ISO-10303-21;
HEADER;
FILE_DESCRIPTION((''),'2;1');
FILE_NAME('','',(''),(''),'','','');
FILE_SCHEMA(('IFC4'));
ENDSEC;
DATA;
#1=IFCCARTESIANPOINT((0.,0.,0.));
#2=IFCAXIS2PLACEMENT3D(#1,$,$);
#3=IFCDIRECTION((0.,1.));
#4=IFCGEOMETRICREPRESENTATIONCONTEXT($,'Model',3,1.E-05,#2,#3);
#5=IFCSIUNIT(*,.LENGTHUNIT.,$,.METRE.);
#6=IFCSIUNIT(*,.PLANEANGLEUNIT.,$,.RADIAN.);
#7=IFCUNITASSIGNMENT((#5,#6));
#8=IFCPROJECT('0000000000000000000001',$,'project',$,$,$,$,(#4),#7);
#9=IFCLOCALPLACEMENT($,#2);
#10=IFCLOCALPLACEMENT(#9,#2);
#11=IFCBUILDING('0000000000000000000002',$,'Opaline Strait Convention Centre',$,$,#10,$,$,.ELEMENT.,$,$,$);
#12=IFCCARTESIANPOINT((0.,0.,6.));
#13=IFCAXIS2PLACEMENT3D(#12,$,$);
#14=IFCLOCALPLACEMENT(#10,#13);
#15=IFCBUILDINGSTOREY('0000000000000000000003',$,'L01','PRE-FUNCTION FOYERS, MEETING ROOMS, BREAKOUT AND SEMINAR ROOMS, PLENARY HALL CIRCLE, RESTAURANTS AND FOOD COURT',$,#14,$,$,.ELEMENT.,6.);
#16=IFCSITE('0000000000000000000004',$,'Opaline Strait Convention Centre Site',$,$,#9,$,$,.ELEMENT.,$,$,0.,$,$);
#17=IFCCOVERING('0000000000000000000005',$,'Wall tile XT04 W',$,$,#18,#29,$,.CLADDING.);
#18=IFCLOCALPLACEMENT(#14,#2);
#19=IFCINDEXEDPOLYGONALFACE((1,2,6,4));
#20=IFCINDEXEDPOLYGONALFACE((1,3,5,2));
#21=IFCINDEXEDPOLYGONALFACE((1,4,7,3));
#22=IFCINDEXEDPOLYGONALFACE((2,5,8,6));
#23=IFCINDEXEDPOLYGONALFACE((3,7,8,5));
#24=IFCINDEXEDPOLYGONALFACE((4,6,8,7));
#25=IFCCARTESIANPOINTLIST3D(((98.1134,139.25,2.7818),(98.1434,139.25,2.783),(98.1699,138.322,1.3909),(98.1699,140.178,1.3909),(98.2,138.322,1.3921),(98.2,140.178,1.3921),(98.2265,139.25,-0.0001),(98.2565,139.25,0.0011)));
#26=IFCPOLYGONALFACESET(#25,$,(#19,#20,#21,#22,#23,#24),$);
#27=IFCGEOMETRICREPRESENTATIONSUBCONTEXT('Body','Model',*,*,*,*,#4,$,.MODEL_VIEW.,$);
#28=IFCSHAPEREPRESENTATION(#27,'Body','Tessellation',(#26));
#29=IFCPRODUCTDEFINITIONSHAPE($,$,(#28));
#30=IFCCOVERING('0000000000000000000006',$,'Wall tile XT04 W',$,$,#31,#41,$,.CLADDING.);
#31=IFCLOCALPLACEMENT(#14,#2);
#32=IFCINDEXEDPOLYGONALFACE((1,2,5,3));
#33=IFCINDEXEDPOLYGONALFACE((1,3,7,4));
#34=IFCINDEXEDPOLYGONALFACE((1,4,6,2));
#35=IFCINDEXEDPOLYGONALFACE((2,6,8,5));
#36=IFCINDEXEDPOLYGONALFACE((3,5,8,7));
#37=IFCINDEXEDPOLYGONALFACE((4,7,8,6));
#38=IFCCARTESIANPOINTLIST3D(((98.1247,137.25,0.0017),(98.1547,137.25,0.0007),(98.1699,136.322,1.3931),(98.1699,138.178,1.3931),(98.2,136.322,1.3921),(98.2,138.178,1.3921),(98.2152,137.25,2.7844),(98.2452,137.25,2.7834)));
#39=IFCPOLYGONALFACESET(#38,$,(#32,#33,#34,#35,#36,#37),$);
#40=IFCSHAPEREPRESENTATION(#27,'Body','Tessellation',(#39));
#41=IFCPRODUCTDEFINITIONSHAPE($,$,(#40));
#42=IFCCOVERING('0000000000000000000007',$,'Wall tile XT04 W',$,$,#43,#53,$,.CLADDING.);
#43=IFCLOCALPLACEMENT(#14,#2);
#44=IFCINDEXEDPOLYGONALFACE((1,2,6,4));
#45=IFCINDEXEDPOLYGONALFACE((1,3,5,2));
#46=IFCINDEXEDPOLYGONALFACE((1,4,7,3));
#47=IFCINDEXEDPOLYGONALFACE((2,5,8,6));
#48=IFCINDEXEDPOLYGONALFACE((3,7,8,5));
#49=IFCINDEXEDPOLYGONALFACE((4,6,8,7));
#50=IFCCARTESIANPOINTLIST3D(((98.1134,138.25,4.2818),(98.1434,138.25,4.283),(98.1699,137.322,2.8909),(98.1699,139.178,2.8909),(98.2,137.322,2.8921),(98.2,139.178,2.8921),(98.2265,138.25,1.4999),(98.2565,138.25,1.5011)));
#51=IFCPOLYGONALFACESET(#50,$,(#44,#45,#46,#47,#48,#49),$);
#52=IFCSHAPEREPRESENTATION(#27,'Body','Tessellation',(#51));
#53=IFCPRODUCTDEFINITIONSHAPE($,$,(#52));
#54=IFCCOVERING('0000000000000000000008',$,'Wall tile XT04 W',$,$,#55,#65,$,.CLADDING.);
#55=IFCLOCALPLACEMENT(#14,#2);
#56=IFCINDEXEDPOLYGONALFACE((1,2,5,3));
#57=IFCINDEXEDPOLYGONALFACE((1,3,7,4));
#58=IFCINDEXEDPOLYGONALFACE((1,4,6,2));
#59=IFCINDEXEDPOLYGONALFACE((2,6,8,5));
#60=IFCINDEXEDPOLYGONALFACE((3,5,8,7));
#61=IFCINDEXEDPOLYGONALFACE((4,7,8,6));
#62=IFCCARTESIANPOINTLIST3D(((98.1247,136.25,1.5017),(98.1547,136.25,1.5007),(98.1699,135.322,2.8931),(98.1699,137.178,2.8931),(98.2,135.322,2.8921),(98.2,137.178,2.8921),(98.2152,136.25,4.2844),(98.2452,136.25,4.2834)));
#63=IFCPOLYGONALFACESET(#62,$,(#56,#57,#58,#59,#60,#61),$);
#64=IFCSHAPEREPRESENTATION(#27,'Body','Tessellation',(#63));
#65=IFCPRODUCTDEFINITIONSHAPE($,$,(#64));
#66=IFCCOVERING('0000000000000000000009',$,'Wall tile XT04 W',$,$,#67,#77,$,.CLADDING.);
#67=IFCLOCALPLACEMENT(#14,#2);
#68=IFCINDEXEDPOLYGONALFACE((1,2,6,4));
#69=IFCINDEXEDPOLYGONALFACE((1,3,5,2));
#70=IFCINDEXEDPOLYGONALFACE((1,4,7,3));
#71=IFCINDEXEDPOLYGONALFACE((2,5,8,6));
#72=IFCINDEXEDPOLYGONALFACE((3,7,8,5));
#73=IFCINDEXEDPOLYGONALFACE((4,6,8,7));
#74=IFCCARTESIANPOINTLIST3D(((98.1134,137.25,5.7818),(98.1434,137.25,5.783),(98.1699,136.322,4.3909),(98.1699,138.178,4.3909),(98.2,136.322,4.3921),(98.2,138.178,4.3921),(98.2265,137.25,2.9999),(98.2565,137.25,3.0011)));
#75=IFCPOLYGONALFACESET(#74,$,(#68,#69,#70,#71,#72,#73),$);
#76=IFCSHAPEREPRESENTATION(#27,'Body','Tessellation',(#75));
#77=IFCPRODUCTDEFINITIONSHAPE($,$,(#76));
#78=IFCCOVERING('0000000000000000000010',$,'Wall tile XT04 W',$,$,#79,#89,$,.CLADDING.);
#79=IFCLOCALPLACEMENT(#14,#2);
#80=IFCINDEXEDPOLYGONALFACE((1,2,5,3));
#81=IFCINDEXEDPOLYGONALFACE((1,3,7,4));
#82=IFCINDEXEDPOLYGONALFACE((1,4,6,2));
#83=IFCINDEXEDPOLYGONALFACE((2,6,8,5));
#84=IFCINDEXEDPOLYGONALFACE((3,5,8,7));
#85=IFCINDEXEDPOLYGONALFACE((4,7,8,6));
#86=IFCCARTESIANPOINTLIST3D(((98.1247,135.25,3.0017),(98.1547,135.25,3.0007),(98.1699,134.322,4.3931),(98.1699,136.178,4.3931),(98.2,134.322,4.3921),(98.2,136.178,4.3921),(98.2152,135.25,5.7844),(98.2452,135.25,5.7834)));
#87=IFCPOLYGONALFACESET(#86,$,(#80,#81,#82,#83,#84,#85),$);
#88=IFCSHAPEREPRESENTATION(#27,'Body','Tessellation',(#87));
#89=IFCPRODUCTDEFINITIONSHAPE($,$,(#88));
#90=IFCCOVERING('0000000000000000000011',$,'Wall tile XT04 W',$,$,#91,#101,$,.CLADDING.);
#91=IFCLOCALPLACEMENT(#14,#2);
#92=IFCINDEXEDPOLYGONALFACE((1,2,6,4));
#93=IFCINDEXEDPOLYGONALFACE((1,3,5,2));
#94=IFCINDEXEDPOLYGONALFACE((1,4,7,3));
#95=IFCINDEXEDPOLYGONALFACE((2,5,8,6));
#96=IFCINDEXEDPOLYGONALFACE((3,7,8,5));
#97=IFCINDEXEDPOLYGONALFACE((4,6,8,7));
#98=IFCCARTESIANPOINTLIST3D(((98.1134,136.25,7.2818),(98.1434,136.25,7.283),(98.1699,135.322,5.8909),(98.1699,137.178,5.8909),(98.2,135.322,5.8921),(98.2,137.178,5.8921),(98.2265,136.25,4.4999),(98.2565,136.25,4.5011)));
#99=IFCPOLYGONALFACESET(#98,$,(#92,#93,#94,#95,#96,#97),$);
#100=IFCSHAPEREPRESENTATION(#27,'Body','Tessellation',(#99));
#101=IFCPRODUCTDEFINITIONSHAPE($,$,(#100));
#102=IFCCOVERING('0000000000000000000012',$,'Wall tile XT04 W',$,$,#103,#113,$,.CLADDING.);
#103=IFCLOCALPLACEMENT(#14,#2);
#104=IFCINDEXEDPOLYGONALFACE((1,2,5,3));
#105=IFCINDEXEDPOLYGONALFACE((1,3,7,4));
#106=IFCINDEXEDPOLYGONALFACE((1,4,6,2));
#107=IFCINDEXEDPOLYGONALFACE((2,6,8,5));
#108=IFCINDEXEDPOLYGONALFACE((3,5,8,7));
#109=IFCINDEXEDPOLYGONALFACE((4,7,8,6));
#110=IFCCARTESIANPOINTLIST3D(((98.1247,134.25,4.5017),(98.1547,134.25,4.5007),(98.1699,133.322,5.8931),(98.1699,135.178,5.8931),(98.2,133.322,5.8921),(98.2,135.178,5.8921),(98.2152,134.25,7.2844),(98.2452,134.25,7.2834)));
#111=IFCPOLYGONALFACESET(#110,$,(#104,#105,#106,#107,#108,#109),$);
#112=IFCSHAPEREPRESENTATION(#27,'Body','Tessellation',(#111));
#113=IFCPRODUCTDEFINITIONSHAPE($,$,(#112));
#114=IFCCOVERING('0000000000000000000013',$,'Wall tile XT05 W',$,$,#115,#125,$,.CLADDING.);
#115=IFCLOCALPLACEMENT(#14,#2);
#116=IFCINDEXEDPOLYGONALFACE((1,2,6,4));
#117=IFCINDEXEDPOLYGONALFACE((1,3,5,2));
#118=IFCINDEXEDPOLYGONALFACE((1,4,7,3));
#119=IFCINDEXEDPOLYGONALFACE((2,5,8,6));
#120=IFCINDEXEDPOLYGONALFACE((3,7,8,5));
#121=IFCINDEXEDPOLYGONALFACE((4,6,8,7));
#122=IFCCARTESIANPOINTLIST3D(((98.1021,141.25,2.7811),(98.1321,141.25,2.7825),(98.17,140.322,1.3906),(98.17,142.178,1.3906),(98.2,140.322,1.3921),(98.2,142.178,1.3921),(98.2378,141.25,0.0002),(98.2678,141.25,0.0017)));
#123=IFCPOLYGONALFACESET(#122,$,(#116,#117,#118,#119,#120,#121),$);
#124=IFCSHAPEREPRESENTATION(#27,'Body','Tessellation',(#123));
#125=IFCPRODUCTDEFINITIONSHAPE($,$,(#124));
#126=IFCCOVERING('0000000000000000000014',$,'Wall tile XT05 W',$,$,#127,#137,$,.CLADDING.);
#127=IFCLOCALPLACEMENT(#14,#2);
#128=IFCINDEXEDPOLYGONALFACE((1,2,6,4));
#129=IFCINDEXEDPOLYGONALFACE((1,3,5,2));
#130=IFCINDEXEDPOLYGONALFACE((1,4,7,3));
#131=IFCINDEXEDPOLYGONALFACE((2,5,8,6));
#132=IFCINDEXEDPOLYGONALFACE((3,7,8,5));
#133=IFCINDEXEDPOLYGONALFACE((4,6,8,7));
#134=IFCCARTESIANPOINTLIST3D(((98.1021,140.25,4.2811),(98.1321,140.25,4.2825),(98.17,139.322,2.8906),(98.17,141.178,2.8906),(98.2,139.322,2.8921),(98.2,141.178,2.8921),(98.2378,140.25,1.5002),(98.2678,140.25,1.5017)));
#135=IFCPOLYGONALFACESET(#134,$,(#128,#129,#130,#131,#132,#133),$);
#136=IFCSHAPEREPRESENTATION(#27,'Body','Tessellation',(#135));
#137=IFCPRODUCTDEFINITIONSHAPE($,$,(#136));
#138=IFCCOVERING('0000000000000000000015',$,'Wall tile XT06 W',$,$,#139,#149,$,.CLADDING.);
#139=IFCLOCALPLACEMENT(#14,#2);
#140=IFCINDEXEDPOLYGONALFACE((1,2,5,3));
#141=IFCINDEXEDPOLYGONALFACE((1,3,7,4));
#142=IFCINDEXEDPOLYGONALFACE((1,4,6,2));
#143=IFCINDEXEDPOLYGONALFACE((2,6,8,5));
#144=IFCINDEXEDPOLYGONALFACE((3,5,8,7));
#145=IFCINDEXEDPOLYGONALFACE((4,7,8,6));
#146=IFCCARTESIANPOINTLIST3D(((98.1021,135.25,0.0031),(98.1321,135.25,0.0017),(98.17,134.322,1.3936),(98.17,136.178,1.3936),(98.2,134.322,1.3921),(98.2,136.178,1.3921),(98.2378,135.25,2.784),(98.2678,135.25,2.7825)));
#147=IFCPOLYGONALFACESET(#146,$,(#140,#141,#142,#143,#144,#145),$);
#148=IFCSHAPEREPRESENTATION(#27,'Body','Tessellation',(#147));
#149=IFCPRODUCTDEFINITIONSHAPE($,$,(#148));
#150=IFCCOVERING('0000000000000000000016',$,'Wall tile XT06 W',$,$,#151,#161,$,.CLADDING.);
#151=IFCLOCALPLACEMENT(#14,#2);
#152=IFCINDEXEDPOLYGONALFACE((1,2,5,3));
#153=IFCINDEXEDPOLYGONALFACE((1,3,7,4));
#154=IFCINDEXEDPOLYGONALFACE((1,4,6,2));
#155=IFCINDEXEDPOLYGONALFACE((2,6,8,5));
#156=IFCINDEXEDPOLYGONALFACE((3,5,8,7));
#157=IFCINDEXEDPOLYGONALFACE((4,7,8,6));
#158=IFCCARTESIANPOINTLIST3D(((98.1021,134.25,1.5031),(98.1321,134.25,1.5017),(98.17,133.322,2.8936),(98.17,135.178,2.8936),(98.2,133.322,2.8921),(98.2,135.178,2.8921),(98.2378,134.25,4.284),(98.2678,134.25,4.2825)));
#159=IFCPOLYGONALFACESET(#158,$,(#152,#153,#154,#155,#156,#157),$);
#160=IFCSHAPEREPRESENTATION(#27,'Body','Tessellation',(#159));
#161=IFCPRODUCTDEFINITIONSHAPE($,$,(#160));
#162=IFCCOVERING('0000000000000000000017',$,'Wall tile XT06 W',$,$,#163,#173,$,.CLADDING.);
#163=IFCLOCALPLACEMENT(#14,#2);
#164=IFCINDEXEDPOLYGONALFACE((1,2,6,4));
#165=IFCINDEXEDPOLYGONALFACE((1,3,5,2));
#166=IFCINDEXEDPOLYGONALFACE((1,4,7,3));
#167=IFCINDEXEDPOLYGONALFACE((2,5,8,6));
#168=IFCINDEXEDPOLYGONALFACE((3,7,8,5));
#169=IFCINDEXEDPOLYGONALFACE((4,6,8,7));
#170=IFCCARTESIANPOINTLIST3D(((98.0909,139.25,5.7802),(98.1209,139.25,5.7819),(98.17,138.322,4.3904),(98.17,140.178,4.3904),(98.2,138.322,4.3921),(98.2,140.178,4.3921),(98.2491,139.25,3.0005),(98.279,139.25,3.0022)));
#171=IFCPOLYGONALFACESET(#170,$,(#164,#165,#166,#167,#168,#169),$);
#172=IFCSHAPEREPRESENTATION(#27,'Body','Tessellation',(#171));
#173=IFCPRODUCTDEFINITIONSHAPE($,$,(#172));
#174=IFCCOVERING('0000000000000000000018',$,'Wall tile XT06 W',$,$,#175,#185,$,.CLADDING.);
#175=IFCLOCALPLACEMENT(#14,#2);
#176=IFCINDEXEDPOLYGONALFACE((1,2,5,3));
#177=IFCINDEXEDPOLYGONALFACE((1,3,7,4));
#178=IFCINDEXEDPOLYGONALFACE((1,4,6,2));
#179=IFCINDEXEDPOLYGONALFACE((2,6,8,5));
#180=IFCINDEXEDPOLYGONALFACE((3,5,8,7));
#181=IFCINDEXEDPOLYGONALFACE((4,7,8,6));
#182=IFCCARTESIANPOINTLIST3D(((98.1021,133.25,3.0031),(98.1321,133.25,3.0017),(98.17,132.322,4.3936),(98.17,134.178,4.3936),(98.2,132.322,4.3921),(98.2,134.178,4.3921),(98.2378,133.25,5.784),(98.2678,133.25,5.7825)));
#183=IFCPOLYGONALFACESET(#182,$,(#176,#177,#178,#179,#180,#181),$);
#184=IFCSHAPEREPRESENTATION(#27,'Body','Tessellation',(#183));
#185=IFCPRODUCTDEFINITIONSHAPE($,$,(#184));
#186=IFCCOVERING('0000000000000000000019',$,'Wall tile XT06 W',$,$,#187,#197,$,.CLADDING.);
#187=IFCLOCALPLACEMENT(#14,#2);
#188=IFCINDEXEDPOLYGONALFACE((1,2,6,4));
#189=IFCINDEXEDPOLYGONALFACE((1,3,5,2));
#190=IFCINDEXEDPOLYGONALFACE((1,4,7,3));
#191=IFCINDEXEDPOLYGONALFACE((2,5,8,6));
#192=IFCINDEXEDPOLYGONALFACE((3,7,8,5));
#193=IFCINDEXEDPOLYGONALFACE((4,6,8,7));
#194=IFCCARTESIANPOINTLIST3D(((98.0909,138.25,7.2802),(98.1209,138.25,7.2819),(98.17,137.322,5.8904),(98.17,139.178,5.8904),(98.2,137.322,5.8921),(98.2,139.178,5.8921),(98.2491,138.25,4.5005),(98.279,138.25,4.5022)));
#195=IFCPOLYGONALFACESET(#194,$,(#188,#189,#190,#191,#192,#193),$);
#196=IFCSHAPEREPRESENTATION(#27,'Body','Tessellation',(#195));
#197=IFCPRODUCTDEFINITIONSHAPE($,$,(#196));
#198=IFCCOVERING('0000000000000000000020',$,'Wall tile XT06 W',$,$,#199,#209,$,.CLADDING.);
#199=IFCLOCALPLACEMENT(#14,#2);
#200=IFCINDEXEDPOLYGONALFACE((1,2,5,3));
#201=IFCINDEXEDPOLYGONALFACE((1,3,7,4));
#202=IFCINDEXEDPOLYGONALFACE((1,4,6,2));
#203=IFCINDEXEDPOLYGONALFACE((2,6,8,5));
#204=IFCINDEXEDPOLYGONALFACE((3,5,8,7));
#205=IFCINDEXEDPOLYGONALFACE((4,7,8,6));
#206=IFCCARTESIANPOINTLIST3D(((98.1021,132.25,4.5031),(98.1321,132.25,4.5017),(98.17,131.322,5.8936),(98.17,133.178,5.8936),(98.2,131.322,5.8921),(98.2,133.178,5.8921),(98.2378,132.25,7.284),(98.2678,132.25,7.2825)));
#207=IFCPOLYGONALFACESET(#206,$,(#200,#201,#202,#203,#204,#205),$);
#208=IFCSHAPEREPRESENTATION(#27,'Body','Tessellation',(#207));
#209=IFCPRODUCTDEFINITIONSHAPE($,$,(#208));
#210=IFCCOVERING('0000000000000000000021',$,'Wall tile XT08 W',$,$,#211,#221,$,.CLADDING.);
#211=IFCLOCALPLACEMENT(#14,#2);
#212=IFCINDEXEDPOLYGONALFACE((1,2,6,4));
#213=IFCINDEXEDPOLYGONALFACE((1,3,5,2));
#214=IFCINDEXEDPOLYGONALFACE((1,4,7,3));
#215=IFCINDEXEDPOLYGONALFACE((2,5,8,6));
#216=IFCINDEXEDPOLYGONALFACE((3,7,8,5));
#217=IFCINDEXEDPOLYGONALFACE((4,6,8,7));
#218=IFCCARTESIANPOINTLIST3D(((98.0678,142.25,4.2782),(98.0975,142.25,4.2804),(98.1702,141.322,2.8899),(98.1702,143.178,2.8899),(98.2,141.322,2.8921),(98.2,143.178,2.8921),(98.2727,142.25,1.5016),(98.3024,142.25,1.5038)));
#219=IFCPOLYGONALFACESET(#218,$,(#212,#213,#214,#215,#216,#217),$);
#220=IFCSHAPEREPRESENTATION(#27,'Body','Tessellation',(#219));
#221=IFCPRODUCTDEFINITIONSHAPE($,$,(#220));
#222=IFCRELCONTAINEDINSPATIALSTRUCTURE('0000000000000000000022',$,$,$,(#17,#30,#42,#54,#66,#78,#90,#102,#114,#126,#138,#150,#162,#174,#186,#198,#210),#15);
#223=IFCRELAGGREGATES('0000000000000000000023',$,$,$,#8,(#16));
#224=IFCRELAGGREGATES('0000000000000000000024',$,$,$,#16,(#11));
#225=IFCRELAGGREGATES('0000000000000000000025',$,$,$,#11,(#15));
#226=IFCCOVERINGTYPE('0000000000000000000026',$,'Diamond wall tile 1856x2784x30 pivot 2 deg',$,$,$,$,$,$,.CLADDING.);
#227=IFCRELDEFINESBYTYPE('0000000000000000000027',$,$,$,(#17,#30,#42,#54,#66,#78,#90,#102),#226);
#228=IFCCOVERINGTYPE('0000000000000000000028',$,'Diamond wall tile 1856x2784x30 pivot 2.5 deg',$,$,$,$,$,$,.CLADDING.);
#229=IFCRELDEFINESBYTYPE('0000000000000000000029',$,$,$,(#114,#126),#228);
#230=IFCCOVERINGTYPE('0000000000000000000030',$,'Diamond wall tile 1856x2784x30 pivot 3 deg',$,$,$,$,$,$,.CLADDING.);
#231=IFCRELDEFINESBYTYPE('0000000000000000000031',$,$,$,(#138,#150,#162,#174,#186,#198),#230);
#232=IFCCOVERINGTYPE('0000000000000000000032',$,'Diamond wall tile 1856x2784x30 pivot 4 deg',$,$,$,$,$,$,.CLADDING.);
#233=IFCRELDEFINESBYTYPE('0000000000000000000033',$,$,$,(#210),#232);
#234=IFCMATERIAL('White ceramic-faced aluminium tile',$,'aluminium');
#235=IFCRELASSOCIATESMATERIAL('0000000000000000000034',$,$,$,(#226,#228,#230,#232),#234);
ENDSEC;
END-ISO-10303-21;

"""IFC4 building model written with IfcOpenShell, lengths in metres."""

from ifc_helpers import new_model, si_unit, direction, frame, origin, place, context, subcontext, project, spatial, polyline, outline, extrude, material, material_profile, profile_set, type_object, element, save


model = new_model("IFC4")

# Units and contexts
model_context = context("Model", 3, precision=1e-05, world=origin(), true_north=direction((0.0, 1.0)))
body_context = subcontext(model_context, "Body", "Model", "MODEL_VIEW")
ifc_project = project(units=[si_unit("LENGTHUNIT", "METRE"), si_unit("PLANEANGLEUNIT", "RADIAN")], contexts=[model_context])

# Site, building, storey
site_placement = place(None, origin())
site = spatial("IfcSite", under=ifc_project, at=site_placement, Name="Opaline Strait Convention Centre Site", CompositionType="ELEMENT", RefElevation=0.0)
building_placement = place(site_placement, origin())
building = spatial("IfcBuilding", under=site, at=building_placement, Name="Opaline Strait Convention Centre", CompositionType="ELEMENT")
storey_placement = place(building_placement, frame((0.0, 0.0, 6.0)))
storey = spatial("IfcBuildingStorey", under=building, at=storey_placement, Name="L01", Description="PRE-FUNCTION FOYERS, MEETING ROOMS, BREAKOUT AND SEMINAR ROOMS, PLENARY HALL CIRCLE, RESTAURANTS AND FOOD COURT", CompositionType="ELEMENT", Elevation=6.0)

# Coverings
ifc_material = material(Name="White ceramic-faced aluminium tile", Category="aluminium")
ifc_material_profile_1 = material_profile(ifc_material, outline(polyline([(0.928, 0.0), (0.0, 1.3921), (-0.928, 0.0), (0.0, -1.3921), (0.928, 0.0)])), Name="Diamond tile 1856x2784")
ifc_profile_set_1 = profile_set([ifc_material_profile_1], Name="White ceramic-faced aluminium tile")
covering_type_1 = type_object("IfcCoveringType", Name="Diamond wall tile 1856x2784x30 pivot 2 deg", PredefinedType="CLADDING", material=ifc_profile_set_1)
for number, where, z_axis, x_axis, name in (
    (1, (98.2, 139.25, 1.3921), (-0.999175, 0.0, -0.040617), (0.0, -1.0, 0.0), "Wall tile XT04 W"),
    (2, (98.2, 137.25, 1.3921), (-0.999472, 0.0, 0.032503), (0.0, -1.0, 0.0), "Wall tile XT04 W"),
    (3, (98.2, 138.25, 2.8921), (-0.999175, 0.0, -0.040617), (0.0, -1.0, 0.0), "Wall tile XT04 W"),
    (4, (98.2, 136.25, 2.8921), (-0.999472, 0.0, 0.032503), (0.0, -1.0, 0.0), "Wall tile XT04 W"),
    (5, (98.2, 137.25, 4.3921), (-0.999175, 0.0, -0.040617), (0.0, -1.0, 0.0), "Wall tile XT04 W"),
    (6, (98.2, 135.25, 4.3921), (-0.999472, 0.0, 0.032503), (0.0, -1.0, 0.0), "Wall tile XT04 W"),
    (7, (98.2, 136.25, 5.8921), (-0.999175, 0.0, -0.040617), (0.0, -1.0, 0.0), "Wall tile XT04 W"),
    (8, (98.2, 134.25, 5.8921), (-0.999472, 0.0, 0.032503), (0.0, -1.0, 0.0), "Wall tile XT04 W"),
):
    element("IfcCovering", number, at=place(storey_placement, frame(where, z_axis=z_axis, x_axis=x_axis)), inside=storey, type_object=covering_type_1, Name=name, PredefinedType="CLADDING", context=body_context, shape_type="SweptSolid", body=[
        extrude(outline(polyline([(0.928, 0.0), (0.0, 1.3921), (-0.928, 0.0), (0.0, -1.3921), (0.928, 0.0)])), origin(), (0.0, 0.0, 1.0), 0.03),
    ])
ifc_material_profile_2 = material_profile(ifc_material, outline(polyline([(0.928, 0.0), (0.0, 1.3921), (-0.928, 0.0), (0.0, -1.3921), (0.928, 0.0)])), Name="Diamond tile 1856x2784")
ifc_profile_set_2 = profile_set([ifc_material_profile_2], Name="White ceramic-faced aluminium tile")
covering_type_2 = type_object("IfcCoveringType", Name="Diamond wall tile 1856x2784x30 pivot 2.5 deg", PredefinedType="CLADDING", material=ifc_profile_set_2)
for number, where, z_axis, x_axis, name in (
    (9, (98.2, 141.25, 1.3921), (-0.998812, 0.0, -0.048723), (0.0, -1.0, 0.0), "Wall tile XT05 W"),
    (10, (98.2, 140.25, 2.8921), (-0.998812, 0.0, -0.048723), (0.0, -1.0, 0.0), "Wall tile XT05 W"),
):
    element("IfcCovering", number, at=place(storey_placement, frame(where, z_axis=z_axis, x_axis=x_axis)), inside=storey, type_object=covering_type_2, Name=name, PredefinedType="CLADDING", context=body_context, shape_type="SweptSolid", body=[
        extrude(outline(polyline([(0.928, 0.0), (0.0, 1.3921), (-0.928, 0.0), (0.0, -1.3921), (0.928, 0.0)])), origin(), (0.0, 0.0, 1.0), 0.03),
    ])
ifc_material_profile_3 = material_profile(ifc_material, outline(polyline([(0.928, 0.0), (0.0, 1.3921), (-0.928, 0.0), (0.0, -1.3921), (0.928, 0.0)])), Name="Diamond tile 1856x2784")
ifc_profile_set_3 = profile_set([ifc_material_profile_3], Name="White ceramic-faced aluminium tile")
covering_type_3 = type_object("IfcCoveringType", Name="Diamond wall tile 1856x2784x30 pivot 3 deg", PredefinedType="CLADDING", material=ifc_profile_set_3)
for number, where, z_axis, x_axis, name in (
    (11, (98.2, 135.25, 1.3921), (-0.998812, 0.0, 0.048723), (0.0, -1.0, 0.0), "Wall tile XT06 W"),
    (12, (98.2, 134.25, 2.8921), (-0.998812, 0.0, 0.048723), (0.0, -1.0, 0.0), "Wall tile XT06 W"),
    (13, (98.2, 139.25, 4.3921), (-0.998385, 0.0, -0.056819), (0.0, -1.0, 0.0), "Wall tile XT06 W"),
    (14, (98.2, 133.25, 4.3921), (-0.998812, 0.0, 0.048723), (0.0, -1.0, 0.0), "Wall tile XT06 W"),
    (15, (98.2, 138.25, 5.8921), (-0.998385, 0.0, -0.056819), (0.0, -1.0, 0.0), "Wall tile XT06 W"),
    (16, (98.2, 132.25, 5.8921), (-0.998812, 0.0, 0.048723), (0.0, -1.0, 0.0), "Wall tile XT06 W"),
):
    element("IfcCovering", number, at=place(storey_placement, frame(where, z_axis=z_axis, x_axis=x_axis)), inside=storey, type_object=covering_type_3, Name=name, PredefinedType="CLADDING", context=body_context, shape_type="SweptSolid", body=[
        extrude(outline(polyline([(0.928, 0.0), (0.0, 1.3921), (-0.928, 0.0), (0.0, -1.3921), (0.928, 0.0)])), origin(), (0.0, 0.0, 1.0), 0.03),
    ])
ifc_material_profile_4 = material_profile(ifc_material, outline(polyline([(0.928, 0.0), (0.0, 1.3921), (-0.928, 0.0), (0.0, -1.3921), (0.928, 0.0)])), Name="Diamond tile 1856x2784")
ifc_profile_set_4 = profile_set([ifc_material_profile_4], Name="White ceramic-faced aluminium tile")
covering_type_4 = type_object("IfcCoveringType", Name="Diamond wall tile 1856x2784x30 pivot 4 deg", PredefinedType="CLADDING", material=ifc_profile_set_4)
for number, where, z_axis, x_axis, name in (
    (17, (98.2, 142.25, 2.8921), (-0.99729, 0.0, -0.073571), (0.0, -1.0, 0.0), "Wall tile XT08 W"),
):
    element("IfcCovering", number, at=place(storey_placement, frame(where, z_axis=z_axis, x_axis=x_axis)), inside=storey, type_object=covering_type_4, Name=name, PredefinedType="CLADDING", context=body_context, shape_type="SweptSolid", body=[
        extrude(outline(polyline([(0.928, 0.0), (0.0, 1.3921), (-0.928, 0.0), (0.0, -1.3921), (0.928, 0.0)])), origin(), (0.0, 0.0, 1.0), 0.0298),
    ])

save(model, "model.ifc")
